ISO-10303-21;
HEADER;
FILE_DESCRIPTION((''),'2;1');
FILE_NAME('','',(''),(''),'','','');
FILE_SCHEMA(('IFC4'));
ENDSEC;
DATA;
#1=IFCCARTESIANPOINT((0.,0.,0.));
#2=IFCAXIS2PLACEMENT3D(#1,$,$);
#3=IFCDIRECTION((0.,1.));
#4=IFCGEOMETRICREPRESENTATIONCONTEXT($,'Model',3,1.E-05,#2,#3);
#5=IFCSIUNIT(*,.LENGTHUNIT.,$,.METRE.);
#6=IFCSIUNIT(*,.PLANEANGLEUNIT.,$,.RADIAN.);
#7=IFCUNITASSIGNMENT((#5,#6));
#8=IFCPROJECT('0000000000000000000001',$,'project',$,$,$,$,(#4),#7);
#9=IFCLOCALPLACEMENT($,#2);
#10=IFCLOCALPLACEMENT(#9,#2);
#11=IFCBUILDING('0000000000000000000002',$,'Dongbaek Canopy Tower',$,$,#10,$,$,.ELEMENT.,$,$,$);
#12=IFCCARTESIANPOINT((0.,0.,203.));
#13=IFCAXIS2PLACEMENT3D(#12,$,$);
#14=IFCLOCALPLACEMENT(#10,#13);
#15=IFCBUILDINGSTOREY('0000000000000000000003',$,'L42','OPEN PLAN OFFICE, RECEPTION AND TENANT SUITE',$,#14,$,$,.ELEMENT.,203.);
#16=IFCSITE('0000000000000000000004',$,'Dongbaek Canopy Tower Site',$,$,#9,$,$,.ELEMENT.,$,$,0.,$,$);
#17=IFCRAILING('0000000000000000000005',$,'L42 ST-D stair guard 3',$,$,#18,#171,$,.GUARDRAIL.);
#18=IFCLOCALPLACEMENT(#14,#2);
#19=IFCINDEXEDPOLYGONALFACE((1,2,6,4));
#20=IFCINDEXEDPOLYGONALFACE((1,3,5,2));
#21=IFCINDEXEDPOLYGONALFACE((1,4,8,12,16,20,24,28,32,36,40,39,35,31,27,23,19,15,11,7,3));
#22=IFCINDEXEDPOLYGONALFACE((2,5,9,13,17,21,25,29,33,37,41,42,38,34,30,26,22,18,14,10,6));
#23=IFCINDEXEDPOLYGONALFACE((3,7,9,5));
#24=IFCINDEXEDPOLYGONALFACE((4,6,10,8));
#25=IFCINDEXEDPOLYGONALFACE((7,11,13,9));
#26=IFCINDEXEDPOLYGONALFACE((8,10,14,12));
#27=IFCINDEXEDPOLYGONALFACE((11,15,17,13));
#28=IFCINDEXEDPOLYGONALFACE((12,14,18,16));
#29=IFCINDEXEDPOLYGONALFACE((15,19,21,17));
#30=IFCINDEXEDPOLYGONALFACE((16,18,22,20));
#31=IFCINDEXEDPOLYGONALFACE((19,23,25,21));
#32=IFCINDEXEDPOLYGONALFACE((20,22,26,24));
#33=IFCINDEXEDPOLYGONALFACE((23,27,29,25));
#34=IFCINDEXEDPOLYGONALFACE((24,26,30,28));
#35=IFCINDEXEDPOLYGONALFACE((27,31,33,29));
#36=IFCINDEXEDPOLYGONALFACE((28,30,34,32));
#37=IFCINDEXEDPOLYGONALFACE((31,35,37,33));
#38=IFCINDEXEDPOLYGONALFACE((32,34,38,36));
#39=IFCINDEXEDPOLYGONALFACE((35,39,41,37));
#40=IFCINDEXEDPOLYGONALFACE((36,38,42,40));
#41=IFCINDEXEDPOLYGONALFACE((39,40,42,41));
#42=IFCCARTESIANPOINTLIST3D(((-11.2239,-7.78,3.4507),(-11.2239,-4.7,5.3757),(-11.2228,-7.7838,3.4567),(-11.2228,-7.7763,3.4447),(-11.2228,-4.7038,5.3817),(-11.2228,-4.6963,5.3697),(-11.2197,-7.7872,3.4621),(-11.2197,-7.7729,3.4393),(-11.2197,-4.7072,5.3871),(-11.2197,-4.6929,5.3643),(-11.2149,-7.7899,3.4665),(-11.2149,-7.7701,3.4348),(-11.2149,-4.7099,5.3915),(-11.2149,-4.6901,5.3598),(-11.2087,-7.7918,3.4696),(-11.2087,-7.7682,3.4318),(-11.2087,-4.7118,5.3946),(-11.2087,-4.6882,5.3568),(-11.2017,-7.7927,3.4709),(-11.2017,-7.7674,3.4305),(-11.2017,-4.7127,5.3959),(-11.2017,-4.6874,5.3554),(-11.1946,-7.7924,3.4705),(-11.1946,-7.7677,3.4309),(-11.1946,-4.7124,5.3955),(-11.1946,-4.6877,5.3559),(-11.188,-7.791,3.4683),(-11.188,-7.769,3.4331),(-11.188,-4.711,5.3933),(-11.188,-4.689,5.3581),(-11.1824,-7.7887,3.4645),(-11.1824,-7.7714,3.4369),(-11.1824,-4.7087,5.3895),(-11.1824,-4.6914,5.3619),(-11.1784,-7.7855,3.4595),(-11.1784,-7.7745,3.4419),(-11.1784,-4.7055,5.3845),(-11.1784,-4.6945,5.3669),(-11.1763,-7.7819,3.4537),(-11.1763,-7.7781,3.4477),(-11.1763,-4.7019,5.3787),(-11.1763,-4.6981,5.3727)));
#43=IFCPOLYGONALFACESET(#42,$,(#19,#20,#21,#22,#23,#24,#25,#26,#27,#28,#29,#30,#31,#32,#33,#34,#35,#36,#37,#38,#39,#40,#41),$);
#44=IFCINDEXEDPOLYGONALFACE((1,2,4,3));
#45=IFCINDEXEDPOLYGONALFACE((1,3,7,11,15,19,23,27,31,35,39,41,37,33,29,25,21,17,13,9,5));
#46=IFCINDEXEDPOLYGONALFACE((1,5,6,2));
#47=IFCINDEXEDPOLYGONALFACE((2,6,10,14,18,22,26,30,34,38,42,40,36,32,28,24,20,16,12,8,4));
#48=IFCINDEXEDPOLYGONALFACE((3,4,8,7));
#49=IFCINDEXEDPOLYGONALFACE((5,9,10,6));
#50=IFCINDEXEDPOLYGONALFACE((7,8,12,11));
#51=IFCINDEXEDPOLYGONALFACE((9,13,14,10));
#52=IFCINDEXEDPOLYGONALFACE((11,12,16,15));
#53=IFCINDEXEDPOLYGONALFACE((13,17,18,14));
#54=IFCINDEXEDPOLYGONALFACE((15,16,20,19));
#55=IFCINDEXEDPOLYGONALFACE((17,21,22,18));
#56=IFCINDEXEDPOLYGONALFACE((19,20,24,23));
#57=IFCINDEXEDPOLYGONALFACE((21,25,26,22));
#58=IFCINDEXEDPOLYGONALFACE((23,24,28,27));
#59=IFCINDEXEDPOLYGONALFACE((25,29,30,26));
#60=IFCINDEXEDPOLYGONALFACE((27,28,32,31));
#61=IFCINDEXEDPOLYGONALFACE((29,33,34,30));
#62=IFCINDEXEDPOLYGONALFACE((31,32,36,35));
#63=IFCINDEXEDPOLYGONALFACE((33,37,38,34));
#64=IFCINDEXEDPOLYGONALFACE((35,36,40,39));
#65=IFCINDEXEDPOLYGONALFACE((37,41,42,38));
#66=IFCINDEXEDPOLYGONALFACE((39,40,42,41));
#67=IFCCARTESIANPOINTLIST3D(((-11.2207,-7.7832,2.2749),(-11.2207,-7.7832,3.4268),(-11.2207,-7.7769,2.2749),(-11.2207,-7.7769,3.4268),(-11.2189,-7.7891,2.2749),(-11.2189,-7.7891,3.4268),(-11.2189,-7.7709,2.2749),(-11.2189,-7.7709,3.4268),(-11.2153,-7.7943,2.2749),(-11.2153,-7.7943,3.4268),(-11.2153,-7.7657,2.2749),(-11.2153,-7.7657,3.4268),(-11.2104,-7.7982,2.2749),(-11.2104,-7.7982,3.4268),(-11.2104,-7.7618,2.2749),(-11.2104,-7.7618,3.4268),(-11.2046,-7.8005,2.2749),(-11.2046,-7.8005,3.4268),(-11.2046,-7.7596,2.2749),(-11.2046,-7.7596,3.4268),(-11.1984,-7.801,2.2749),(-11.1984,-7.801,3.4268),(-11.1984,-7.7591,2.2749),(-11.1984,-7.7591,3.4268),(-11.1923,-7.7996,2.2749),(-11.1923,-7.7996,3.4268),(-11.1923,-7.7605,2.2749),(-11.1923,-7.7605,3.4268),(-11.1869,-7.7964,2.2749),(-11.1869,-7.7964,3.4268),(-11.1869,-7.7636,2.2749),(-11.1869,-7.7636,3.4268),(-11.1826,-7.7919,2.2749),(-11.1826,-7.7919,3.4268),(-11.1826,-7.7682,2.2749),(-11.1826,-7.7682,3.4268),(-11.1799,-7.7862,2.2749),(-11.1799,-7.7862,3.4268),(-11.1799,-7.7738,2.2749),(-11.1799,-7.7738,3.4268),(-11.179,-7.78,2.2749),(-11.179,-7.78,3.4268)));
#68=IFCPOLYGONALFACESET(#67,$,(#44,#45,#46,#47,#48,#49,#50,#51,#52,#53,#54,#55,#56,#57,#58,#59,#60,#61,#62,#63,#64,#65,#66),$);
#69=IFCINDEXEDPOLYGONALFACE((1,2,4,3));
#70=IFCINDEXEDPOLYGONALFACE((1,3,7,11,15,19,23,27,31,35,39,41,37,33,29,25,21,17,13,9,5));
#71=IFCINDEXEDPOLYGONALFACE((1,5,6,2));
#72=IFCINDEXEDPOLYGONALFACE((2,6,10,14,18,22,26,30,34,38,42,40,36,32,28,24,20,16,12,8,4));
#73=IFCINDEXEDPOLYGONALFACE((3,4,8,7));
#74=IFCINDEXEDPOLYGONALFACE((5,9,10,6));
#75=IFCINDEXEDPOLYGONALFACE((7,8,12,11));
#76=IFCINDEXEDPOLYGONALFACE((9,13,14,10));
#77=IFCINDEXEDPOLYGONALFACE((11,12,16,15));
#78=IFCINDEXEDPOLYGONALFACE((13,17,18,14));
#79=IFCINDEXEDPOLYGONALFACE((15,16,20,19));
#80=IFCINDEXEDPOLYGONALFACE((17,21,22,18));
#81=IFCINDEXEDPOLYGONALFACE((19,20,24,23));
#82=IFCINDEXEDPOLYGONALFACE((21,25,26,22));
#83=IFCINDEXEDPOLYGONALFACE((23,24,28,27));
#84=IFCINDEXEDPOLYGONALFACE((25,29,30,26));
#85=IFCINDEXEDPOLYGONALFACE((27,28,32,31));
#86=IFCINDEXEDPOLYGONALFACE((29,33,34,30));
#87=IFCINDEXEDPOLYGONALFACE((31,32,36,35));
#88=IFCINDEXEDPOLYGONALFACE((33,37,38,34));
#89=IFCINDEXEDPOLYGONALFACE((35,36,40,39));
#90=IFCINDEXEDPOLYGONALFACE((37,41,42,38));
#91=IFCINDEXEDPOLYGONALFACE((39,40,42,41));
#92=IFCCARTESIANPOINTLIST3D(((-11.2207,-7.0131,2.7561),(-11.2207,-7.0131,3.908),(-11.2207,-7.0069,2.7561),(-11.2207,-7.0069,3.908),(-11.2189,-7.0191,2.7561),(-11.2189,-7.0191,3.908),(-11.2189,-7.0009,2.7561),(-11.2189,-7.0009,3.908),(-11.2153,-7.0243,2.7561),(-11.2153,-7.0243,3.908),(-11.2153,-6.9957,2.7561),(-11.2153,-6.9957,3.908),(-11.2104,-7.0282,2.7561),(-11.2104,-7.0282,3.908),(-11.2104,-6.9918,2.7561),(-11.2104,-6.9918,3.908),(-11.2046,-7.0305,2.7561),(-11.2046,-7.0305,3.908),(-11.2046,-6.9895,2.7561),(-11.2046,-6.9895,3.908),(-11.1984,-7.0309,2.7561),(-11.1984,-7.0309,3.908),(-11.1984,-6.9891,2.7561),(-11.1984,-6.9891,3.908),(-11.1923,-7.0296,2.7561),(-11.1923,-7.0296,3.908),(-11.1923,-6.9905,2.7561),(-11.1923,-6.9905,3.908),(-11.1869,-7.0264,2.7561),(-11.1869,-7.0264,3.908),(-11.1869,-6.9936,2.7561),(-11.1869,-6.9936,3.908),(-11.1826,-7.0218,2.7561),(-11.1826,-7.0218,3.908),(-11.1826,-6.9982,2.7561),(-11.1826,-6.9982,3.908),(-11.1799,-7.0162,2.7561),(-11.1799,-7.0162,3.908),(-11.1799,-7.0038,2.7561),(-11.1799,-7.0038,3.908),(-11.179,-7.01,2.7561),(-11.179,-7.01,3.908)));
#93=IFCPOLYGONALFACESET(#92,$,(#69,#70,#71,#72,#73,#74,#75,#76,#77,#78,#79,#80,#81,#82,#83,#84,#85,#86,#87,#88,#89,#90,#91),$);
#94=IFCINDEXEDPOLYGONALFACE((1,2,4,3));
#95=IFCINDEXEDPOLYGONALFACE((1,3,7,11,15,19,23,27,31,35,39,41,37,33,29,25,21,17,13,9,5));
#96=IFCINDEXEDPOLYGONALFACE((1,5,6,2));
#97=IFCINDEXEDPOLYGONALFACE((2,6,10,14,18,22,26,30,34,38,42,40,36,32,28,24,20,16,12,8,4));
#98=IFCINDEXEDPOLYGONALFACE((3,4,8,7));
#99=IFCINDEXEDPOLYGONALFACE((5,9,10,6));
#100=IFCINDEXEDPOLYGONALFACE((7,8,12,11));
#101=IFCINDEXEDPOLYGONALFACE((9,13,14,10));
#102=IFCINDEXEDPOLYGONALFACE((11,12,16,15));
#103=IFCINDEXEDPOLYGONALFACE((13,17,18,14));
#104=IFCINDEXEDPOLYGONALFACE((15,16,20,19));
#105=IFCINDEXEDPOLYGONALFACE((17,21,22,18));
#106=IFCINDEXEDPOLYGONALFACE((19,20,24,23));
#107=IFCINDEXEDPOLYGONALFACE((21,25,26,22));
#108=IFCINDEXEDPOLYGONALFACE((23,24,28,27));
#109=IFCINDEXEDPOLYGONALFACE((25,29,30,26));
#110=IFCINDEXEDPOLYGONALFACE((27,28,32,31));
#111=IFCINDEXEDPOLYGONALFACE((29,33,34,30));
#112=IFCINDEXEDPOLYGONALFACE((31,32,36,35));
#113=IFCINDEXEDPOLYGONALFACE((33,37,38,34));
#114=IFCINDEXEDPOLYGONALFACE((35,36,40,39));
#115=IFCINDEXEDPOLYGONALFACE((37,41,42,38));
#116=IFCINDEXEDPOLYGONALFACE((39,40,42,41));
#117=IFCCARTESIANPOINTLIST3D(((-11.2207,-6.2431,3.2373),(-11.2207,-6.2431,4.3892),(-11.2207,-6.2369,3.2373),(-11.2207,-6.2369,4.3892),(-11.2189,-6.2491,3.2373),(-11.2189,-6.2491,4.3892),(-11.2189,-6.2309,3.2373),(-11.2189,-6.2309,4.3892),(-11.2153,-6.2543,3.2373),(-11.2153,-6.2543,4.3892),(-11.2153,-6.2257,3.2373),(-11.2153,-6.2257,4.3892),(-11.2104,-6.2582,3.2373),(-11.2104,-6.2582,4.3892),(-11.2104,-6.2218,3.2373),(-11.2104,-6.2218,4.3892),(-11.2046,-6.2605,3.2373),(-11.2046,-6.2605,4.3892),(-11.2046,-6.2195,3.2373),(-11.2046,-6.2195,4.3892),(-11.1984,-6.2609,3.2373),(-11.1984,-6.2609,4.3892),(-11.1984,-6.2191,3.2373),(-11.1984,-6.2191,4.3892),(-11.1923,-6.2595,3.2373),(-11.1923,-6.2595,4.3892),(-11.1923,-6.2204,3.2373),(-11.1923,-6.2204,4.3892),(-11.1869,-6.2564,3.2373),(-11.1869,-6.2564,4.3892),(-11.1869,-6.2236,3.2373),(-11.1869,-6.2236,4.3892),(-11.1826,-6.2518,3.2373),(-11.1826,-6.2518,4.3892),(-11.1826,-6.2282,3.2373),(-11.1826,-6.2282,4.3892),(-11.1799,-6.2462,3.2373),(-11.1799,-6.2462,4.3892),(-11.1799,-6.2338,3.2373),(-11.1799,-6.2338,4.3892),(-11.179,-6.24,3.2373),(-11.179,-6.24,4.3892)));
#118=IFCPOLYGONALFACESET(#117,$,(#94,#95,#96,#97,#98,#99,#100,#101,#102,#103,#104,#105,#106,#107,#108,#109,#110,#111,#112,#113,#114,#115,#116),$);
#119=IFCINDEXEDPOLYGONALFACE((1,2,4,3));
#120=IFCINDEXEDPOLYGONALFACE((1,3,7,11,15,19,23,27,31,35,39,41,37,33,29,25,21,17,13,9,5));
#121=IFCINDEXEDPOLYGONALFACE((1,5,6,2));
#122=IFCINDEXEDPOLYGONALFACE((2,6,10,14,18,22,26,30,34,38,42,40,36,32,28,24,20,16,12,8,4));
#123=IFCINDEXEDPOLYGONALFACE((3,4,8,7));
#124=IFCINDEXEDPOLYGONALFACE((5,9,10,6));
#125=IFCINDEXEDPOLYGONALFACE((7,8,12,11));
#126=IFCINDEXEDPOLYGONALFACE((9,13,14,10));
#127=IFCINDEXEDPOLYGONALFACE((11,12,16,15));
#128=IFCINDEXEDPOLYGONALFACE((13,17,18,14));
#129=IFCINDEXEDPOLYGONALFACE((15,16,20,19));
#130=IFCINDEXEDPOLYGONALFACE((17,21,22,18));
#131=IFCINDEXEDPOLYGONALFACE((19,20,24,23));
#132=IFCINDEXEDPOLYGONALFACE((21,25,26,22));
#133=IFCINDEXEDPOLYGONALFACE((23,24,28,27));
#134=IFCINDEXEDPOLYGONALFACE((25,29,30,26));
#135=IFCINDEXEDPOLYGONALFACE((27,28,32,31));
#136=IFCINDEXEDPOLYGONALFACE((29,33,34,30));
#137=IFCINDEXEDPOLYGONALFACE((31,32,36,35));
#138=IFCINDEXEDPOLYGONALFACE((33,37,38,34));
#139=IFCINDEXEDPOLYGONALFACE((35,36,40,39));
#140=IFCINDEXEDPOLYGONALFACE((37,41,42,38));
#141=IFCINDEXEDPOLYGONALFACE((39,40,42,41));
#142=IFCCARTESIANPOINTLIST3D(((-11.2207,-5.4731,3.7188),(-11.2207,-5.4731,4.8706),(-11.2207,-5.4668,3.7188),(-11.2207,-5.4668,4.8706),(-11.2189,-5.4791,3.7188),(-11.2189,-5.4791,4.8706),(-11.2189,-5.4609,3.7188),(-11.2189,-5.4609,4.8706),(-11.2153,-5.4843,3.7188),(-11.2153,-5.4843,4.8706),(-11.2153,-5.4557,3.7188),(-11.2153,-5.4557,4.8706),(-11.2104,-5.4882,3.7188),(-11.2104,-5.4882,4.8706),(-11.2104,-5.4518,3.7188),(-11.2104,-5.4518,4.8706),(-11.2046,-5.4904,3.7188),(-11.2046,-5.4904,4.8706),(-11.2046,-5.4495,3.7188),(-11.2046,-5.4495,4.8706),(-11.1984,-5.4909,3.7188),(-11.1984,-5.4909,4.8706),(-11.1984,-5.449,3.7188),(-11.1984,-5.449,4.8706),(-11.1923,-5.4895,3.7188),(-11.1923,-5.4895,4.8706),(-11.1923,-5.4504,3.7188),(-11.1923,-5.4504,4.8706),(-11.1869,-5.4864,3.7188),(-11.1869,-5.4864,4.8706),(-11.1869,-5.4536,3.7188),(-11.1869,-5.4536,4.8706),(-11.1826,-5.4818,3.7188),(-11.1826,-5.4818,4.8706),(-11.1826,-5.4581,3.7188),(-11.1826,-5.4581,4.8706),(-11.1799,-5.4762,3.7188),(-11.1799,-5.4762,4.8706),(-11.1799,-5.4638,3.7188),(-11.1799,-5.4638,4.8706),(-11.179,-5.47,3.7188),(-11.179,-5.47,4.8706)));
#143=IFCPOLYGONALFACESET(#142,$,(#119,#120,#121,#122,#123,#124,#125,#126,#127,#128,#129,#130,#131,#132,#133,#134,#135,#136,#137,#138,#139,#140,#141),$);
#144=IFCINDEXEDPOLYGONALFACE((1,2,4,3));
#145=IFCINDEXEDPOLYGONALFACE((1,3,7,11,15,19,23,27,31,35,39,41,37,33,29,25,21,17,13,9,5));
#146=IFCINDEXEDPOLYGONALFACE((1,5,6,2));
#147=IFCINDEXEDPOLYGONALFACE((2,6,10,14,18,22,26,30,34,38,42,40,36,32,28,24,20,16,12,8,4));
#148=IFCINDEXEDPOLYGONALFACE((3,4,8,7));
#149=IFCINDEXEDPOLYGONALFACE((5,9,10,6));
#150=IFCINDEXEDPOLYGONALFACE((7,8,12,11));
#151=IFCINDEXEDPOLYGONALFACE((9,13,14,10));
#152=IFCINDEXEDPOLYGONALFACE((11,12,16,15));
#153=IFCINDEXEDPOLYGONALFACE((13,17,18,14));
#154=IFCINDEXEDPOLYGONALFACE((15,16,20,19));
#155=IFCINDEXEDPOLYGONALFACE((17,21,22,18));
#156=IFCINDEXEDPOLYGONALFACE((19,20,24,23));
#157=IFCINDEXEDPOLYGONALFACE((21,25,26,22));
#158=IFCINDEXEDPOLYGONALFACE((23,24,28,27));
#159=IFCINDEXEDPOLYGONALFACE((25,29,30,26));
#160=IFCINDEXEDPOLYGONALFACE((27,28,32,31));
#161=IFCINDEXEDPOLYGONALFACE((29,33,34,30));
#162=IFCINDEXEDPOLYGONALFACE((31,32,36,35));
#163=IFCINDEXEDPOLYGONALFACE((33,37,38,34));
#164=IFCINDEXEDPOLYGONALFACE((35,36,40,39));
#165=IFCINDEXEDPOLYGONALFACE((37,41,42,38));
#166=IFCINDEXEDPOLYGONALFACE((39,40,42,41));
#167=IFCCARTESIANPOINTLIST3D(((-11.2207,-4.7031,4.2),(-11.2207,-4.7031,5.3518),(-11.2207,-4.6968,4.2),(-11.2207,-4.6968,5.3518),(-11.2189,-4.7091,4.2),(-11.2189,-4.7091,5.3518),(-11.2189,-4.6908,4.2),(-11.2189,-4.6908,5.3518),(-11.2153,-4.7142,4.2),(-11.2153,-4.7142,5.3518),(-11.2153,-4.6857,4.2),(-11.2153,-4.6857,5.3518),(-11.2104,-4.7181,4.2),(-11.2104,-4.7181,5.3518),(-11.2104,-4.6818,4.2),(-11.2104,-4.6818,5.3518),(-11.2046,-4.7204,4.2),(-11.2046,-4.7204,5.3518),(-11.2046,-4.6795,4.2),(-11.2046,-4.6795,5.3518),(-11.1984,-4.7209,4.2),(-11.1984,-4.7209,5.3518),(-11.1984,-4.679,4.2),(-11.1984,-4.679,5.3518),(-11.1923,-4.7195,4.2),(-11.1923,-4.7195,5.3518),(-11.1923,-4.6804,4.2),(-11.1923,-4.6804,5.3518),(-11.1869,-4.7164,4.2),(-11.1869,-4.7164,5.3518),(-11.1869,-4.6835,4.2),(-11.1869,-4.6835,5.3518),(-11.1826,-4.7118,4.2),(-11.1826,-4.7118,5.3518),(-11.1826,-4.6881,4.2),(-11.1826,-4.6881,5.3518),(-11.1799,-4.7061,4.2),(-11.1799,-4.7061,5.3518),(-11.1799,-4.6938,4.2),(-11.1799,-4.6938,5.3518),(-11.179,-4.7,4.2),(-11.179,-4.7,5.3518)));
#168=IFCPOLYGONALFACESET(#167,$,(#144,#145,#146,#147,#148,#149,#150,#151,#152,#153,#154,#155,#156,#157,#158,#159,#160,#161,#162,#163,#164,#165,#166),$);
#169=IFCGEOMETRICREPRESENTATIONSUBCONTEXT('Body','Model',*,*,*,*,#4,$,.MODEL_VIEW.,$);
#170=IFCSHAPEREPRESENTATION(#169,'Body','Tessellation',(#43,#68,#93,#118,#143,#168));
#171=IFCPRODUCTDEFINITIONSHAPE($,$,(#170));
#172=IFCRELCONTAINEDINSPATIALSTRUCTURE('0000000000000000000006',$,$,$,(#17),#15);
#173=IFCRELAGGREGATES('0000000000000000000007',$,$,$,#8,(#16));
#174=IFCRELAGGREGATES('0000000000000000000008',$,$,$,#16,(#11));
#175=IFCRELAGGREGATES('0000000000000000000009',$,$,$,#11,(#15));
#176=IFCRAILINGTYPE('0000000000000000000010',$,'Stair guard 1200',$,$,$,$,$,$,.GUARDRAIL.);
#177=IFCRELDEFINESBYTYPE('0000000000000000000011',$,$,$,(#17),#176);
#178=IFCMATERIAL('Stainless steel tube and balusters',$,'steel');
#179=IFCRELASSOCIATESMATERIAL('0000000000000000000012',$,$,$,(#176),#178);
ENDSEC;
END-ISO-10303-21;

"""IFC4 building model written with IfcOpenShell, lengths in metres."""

from ifc_helpers import new_model, si_unit, direction, frame, origin, origin_2d, place, context, subcontext, project, spatial, circle, extrude, material, type_object, element, save


model = new_model("IFC4")

# Units and contexts
model_context = context("Model", 3, precision=1e-05, world=origin(), true_north=direction((0.0, 1.0)))
body_context = subcontext(model_context, "Body", "Model", "MODEL_VIEW")
ifc_project = project(units=[si_unit("LENGTHUNIT", "METRE"), si_unit("PLANEANGLEUNIT", "RADIAN")], contexts=[model_context])

# Site, building, storey
site_placement = place(None, origin())
site = spatial("IfcSite", under=ifc_project, at=site_placement, Name="Dongbaek Canopy Tower Site", CompositionType="ELEMENT", RefElevation=0.0)
building_placement = place(site_placement, origin())
building = spatial("IfcBuilding", under=site, at=building_placement, Name="Dongbaek Canopy Tower", CompositionType="ELEMENT")
storey_placement = place(building_placement, frame((0.0, 0.0, 203.0)))
storey = spatial("IfcBuildingStorey", under=building, at=storey_placement, Name="L42", Description="OPEN PLAN OFFICE, RECEPTION AND TENANT SUITE", CompositionType="ELEMENT", Elevation=203.0)

# Railing
ifc_material_1 = material(Name="Stainless steel tube and balusters", Category="steel")
railing_type_1 = type_object("IfcRailingType", Name="Stair guard 1200", PredefinedType="GUARDRAIL", material=ifc_material_1)
railing_1_placement = place(storey_placement, frame((-11.2, -7.78, 2.2749)))
element("IfcRailing", 1, at=railing_1_placement, inside=storey, type_object=railing_type_1, Name="L42 ST-D stair guard 3", PredefinedType="GUARDRAIL", context=body_context, shape_type="SweptSolid", body=[
    extrude(circle(Radius=0.0239, at=origin_2d()), frame((0.0, 0.0, 1.1758), z_axis=(0.0, 0.847998, 0.529999), x_axis=(-1.0, 0.0, 0.0)), (0.0, 0.0, 1.0), 3.6321),
    extrude(circle(Radius=0.021, at=origin_2d()), origin(), (0.0, 0.0, 1.0), 1.1519),
    extrude(circle(Radius=0.021, at=origin_2d()), frame((0.0, 0.77, 0.4812)), (0.0, 0.0, 1.0), 1.1519),
    extrude(circle(Radius=0.021, at=origin_2d()), frame((0.0, 1.54, 0.9624)), (0.0, 0.0, 1.0), 1.1519),
    extrude(circle(Radius=0.021, at=origin_2d()), frame((0.0, 2.3101, 1.4438)), (0.0, 0.0, 1.0), 1.1519),
    extrude(circle(Radius=0.021, at=origin_2d()), frame((0.0, 3.0801, 1.925)), (0.0, 0.0, 1.0), 1.1519),
])

save(model, "model.ifc")
